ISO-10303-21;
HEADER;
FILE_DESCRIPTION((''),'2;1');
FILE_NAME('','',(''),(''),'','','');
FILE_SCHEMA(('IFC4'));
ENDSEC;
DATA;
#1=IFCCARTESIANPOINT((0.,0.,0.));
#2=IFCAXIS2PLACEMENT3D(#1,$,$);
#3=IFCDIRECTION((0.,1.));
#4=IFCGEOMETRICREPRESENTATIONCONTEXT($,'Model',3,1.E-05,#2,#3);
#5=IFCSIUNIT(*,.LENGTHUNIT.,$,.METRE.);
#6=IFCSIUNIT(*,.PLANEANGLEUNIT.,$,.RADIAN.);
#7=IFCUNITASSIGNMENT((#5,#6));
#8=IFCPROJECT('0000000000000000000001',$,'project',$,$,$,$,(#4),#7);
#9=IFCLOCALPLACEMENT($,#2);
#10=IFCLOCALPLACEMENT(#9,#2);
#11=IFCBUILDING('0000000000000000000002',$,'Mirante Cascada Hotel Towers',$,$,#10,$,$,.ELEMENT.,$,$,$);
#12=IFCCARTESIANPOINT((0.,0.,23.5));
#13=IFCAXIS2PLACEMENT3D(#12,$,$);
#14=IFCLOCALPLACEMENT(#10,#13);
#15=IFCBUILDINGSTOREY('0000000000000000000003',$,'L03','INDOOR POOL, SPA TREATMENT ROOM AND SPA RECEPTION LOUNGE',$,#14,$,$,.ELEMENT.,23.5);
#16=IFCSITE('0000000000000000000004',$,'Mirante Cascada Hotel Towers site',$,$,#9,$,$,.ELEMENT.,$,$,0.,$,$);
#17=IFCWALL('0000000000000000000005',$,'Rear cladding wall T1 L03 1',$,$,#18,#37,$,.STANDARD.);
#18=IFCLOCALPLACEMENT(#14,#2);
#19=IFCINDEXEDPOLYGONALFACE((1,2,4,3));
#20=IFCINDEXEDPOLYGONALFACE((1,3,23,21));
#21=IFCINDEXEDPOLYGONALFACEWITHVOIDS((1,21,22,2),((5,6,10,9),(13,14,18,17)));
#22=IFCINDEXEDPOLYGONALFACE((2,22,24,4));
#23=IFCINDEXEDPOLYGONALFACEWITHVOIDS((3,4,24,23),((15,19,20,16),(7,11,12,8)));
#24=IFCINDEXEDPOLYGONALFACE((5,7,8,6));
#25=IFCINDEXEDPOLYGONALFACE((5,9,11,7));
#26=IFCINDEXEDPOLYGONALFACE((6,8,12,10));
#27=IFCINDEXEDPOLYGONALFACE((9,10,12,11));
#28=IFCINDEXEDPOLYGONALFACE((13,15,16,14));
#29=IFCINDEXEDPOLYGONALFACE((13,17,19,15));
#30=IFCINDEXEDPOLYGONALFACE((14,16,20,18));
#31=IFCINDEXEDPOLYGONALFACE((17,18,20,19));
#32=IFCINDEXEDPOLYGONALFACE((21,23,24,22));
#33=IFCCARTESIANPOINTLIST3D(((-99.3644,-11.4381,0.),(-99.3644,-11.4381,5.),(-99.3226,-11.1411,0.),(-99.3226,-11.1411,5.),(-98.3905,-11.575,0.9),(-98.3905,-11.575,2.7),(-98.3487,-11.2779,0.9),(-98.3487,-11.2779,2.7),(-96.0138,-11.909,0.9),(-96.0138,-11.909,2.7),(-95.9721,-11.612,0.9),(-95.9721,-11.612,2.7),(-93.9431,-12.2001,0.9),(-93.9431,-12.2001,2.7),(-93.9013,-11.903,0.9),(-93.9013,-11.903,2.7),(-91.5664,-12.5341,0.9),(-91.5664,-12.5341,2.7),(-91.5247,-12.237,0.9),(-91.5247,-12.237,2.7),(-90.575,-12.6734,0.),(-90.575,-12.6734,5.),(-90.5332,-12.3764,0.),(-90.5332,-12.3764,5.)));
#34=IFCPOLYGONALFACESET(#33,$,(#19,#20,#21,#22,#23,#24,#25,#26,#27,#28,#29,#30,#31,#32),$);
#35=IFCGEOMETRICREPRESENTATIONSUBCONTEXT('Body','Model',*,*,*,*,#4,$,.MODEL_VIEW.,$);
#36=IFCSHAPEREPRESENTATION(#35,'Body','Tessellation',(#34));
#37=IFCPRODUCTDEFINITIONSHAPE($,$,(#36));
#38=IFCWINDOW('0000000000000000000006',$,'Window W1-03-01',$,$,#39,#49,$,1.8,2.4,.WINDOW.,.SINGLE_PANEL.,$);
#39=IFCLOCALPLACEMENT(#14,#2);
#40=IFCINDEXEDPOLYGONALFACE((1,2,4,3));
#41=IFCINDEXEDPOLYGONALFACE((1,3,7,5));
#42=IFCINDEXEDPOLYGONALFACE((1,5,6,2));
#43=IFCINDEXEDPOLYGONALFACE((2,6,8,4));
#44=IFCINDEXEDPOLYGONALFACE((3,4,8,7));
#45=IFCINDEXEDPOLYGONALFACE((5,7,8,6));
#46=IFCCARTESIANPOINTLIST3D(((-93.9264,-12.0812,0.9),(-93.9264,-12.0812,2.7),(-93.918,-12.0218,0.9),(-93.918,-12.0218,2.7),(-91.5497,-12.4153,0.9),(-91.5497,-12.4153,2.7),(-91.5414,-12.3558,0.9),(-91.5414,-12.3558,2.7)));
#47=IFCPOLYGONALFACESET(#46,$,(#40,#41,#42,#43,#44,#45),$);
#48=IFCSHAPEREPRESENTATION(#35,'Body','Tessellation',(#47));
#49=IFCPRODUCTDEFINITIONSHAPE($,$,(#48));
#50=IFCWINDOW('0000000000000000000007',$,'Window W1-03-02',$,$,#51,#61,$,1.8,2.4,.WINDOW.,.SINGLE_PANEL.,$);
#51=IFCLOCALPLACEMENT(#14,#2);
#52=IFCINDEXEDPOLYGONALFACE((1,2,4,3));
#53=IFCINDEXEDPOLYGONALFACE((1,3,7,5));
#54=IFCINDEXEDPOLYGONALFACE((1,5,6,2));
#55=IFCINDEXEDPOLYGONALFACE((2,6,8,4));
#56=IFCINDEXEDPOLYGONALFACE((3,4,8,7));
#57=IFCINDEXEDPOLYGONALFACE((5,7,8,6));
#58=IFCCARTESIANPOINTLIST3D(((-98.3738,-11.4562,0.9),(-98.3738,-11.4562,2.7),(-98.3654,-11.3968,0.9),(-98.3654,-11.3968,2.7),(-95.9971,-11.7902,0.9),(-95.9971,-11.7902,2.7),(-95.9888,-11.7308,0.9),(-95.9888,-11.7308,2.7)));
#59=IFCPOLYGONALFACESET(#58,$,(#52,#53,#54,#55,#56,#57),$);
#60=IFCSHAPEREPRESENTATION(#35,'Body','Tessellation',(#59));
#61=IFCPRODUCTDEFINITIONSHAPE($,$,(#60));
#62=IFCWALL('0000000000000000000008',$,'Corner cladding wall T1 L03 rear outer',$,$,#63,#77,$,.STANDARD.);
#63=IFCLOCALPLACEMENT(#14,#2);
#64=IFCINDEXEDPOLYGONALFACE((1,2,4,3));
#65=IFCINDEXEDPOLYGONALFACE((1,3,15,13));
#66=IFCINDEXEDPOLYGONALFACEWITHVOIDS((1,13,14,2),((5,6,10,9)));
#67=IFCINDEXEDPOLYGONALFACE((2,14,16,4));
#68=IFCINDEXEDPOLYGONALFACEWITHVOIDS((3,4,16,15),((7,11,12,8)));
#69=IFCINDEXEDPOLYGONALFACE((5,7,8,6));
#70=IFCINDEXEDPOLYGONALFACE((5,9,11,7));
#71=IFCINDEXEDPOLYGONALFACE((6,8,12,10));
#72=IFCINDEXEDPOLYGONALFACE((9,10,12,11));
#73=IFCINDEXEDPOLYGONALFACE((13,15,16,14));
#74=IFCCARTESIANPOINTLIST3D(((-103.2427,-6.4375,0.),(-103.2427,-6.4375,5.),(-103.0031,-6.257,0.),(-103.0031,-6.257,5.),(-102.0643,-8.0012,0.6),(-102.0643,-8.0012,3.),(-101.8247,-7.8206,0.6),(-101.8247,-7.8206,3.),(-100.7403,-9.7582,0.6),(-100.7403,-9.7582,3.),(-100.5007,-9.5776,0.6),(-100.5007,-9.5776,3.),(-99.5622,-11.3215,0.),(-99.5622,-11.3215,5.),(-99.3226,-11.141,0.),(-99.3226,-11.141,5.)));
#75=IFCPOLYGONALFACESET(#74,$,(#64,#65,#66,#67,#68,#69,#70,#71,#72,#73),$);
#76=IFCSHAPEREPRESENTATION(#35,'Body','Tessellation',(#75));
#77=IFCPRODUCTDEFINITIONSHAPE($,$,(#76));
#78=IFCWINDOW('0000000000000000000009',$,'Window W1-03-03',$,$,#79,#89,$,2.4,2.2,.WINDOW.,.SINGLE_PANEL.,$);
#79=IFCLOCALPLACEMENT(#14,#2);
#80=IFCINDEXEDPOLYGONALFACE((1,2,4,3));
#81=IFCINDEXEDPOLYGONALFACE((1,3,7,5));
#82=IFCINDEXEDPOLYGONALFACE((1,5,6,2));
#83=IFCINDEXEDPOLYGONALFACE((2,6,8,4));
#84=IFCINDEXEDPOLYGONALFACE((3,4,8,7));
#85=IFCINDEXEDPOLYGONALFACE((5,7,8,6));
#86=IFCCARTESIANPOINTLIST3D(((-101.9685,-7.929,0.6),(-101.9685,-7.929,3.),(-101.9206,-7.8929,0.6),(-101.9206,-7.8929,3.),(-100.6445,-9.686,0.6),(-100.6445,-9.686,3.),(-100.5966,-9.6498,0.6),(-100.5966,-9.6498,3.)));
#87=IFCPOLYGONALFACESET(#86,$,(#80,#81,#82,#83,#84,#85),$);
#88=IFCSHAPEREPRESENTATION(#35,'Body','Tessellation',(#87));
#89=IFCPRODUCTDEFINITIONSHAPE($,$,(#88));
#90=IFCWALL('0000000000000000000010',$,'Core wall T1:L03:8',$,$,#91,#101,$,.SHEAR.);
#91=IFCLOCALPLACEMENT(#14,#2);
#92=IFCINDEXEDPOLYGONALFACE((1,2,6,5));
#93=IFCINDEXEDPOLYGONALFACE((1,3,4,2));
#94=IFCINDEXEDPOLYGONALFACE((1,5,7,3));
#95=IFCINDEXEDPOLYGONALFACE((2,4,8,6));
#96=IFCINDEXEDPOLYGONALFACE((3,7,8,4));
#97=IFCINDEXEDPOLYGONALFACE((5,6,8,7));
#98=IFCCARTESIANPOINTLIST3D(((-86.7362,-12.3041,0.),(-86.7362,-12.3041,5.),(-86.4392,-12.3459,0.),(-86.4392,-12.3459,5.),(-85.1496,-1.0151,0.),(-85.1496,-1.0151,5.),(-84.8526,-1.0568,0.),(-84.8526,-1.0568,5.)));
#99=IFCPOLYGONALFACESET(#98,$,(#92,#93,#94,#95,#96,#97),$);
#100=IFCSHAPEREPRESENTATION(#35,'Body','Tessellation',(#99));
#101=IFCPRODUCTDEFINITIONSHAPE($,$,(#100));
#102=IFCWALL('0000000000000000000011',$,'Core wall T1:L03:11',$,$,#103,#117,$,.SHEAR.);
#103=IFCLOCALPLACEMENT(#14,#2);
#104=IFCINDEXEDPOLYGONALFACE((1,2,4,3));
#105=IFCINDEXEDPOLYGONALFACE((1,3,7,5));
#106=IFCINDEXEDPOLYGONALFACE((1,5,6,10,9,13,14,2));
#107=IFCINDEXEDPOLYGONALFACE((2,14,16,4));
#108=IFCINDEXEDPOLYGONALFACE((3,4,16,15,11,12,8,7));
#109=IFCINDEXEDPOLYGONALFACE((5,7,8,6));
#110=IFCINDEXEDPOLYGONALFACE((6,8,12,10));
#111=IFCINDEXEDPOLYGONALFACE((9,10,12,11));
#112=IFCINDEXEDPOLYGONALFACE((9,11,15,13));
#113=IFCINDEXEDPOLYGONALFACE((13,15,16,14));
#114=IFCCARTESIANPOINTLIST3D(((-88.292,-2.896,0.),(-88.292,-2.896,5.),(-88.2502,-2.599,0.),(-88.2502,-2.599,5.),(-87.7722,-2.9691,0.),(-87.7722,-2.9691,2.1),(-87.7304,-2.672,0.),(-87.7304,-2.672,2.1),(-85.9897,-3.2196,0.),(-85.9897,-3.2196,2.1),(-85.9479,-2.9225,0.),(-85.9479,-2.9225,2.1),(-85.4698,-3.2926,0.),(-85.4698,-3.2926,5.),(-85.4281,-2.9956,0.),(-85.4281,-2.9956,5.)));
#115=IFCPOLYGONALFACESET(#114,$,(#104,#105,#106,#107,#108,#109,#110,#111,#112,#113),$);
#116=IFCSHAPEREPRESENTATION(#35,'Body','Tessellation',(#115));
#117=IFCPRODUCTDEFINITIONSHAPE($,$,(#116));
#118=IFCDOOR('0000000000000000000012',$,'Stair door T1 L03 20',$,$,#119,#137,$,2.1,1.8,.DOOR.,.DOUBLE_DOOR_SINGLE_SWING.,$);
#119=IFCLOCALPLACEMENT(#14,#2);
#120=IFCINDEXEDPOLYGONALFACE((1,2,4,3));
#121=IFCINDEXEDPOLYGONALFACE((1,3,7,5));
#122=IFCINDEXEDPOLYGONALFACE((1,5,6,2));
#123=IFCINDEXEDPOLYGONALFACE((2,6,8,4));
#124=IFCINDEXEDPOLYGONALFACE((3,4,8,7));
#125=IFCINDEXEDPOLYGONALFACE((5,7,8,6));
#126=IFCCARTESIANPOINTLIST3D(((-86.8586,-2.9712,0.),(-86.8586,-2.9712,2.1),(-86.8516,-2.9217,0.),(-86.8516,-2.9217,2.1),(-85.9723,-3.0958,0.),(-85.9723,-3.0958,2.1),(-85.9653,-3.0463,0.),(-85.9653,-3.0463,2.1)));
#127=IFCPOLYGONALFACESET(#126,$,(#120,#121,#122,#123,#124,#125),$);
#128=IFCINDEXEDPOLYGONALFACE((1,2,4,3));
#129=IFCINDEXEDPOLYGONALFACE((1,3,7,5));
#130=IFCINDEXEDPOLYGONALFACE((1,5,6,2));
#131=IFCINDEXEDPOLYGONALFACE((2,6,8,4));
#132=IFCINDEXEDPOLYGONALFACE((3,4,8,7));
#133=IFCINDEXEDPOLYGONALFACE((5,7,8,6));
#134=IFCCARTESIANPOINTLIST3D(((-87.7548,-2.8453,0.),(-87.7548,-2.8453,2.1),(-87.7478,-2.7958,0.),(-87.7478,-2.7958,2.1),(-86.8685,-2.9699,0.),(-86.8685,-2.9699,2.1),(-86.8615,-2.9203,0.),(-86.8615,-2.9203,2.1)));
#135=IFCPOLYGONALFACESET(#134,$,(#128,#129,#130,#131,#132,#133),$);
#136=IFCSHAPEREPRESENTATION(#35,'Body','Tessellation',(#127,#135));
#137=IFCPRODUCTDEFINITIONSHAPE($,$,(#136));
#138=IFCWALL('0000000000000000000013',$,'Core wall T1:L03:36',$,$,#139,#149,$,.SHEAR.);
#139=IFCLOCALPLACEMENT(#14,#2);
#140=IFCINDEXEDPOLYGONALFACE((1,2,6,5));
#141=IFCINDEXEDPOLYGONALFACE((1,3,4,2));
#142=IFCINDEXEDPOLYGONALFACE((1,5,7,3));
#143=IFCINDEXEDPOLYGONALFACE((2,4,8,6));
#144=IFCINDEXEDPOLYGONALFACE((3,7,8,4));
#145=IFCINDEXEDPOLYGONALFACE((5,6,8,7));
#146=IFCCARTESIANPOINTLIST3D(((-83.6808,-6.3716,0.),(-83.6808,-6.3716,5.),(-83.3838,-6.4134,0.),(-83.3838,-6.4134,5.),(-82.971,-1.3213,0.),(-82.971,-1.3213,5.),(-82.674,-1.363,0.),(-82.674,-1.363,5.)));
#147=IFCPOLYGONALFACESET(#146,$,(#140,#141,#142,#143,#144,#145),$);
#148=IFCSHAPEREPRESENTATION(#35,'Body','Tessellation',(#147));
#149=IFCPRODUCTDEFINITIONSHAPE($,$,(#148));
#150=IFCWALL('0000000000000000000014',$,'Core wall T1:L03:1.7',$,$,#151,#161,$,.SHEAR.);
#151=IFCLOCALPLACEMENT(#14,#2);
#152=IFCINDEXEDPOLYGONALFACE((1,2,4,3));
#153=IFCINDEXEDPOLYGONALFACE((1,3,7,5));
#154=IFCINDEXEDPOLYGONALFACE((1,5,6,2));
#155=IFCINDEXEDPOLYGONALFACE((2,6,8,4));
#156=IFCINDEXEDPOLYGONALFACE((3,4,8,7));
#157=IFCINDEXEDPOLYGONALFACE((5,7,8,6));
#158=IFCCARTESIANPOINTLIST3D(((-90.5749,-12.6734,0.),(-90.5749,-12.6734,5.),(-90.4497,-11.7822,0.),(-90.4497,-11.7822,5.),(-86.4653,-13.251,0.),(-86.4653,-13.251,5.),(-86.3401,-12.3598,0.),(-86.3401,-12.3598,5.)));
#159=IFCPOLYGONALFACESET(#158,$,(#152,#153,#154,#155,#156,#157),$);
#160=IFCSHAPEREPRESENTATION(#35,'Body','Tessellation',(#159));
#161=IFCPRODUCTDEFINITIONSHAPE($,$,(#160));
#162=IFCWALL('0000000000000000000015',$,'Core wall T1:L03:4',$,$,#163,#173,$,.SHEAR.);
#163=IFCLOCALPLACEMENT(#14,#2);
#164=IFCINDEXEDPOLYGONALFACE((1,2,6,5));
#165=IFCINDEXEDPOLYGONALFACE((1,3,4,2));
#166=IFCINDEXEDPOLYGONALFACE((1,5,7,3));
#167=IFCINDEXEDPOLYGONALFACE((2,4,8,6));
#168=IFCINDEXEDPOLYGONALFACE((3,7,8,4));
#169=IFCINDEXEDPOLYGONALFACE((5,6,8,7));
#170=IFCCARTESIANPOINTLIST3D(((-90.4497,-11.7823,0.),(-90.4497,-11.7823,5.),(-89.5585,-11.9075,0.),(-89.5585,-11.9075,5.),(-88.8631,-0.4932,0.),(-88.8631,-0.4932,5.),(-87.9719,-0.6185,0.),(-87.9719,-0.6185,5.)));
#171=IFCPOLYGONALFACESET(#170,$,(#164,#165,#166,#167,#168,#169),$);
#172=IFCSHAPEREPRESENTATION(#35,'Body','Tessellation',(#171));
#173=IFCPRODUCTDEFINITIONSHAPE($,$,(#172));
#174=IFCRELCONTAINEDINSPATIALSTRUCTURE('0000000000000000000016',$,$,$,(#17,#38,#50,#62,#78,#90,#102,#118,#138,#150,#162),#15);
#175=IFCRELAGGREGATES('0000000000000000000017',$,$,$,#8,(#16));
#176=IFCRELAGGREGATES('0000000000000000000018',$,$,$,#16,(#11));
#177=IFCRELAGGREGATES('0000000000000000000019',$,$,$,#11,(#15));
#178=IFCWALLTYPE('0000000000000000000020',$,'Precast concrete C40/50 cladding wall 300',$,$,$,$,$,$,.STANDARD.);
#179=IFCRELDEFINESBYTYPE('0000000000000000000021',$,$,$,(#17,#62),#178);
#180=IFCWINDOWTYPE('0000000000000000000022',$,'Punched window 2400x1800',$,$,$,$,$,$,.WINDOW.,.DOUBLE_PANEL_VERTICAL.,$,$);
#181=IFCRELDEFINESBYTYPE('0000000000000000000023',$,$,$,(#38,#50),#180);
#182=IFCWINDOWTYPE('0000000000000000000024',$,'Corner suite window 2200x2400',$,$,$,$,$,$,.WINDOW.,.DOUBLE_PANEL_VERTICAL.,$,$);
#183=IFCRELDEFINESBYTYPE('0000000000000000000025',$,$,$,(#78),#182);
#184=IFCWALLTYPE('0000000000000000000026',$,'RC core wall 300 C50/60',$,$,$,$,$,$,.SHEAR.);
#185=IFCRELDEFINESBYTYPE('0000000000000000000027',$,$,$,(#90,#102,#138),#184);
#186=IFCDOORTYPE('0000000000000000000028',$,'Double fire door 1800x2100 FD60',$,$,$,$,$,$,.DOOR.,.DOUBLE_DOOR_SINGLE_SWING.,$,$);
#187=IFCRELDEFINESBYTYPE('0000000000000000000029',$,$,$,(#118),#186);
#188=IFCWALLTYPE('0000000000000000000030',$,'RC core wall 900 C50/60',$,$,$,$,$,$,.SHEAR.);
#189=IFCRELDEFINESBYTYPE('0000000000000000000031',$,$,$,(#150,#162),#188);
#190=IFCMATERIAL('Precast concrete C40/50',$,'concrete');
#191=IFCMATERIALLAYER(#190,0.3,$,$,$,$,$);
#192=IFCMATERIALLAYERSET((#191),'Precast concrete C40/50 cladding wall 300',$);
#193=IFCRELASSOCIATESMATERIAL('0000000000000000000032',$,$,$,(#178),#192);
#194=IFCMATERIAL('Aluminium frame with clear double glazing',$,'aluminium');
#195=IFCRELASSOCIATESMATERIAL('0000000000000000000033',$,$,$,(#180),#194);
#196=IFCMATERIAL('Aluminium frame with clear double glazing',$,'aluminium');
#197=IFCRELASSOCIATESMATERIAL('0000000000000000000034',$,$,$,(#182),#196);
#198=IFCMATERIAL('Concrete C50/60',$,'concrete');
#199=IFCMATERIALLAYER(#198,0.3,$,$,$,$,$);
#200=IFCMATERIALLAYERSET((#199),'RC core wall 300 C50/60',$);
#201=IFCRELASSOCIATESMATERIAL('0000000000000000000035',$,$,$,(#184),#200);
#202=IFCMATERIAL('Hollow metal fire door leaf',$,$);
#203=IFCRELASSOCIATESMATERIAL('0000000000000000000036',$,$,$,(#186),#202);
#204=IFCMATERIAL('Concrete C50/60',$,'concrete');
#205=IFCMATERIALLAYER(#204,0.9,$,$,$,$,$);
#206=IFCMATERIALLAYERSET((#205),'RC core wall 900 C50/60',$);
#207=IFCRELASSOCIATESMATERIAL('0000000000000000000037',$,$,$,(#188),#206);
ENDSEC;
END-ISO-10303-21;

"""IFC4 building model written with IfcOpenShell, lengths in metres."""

from ifc_helpers import new_model, si_unit, direction, frame, frame_2d, origin, place, context, subcontext, project, spatial, rectangle, extrude, material, layer, layer_set, type_object, element, fill, save


model = new_model("IFC4")

# Units and contexts
model_context = context("Model", 3, precision=1e-05, world=origin(), true_north=direction((0.0, 1.0)))
body_context = subcontext(model_context, "Body", "Model", "MODEL_VIEW")
ifc_project = project(units=[si_unit("LENGTHUNIT", "METRE"), si_unit("PLANEANGLEUNIT", "RADIAN")], contexts=[model_context])

# Site, building, storey
site_placement = place(None, origin())
site = spatial("IfcSite", under=ifc_project, at=site_placement, Name="Mirante Cascada Hotel Towers site", CompositionType="ELEMENT", RefElevation=0.0)
building_placement = place(site_placement, origin())
building = spatial("IfcBuilding", under=site, at=building_placement, Name="Mirante Cascada Hotel Towers", CompositionType="ELEMENT")
storey_placement = place(building_placement, frame((0.0, 0.0, 23.5)))
storey = spatial("IfcBuildingStorey", under=building, at=storey_placement, Name="L03", Description="INDOOR POOL, SPA TREATMENT ROOM AND SPA RECEPTION LOUNGE", CompositionType="ELEMENT", Elevation=23.5)

# Wall, openings, windows
ifc_material_1 = material(Name="Precast concrete C40/50", Category="concrete")
ifc_layer_1 = layer(ifc_material_1, 0.3)
ifc_layer_set_1 = layer_set([ifc_layer_1], Name="Precast concrete C40/50 cladding wall 300")
wall_type_1 = type_object("IfcWallType", Name="Precast concrete C40/50 cladding wall 300", PredefinedType="STANDARD", material=ifc_layer_set_1)
wall_1_placement = place(storey_placement, frame((-90.5541, -12.5249, 0.0), z_axis=(0.0, 0.0, 1.0), x_axis=(-0.990268, 0.139177, 0.0)))
wall_1 = element("IfcWall", 1, at=wall_1_placement, inside=storey, type_object=wall_type_1, Name="Rear cladding wall T1 L03 1", PredefinedType="STANDARD", context=body_context, shape_type="SweptSolid", body=[
    extrude(rectangle(XDim=8.8758, YDim=0.3, at=frame_2d((4.4379, 0.0))), origin(), (0.0, 0.0, 1.0), 5.0),
])
opening_1_placement = place(wall_1_placement, frame((1.0012, 0.0, 0.9)))
opening_1 = element("IfcOpeningElement", 2, at=opening_1_placement, cuts=wall_1, PredefinedType="OPENING", context=body_context, shape_type="SweptSolid", body=[
    extrude(rectangle(XDim=2.4, YDim=1.8, at=frame_2d((1.2, 0.9))), frame((0.0, 0.15, 0.0), z_axis=(0.0, -1.0, 0.0), x_axis=(1.0, 0.0, 0.0)), (0.0, 0.0, 1.0), 0.3),
])
opening_2_placement = place(wall_1_placement, frame((5.4923, 0.0, 0.9)))
opening_2 = element("IfcOpeningElement", 3, at=opening_2_placement, cuts=wall_1, PredefinedType="OPENING", context=body_context, shape_type="SweptSolid", body=[
    extrude(rectangle(XDim=2.4, YDim=1.8, at=frame_2d((1.2, 0.9))), frame((0.0, 0.15, 0.0), z_axis=(0.0, -1.0, 0.0), x_axis=(1.0, 0.0, 0.0)), (0.0, 0.0, 1.0), 0.3),
])
ifc_material_2 = material(Name="Aluminium frame with clear double glazing", Category="aluminium")
window_type_1 = type_object("IfcWindowType", Name="Punched window 2400x1800", PartitioningType="DOUBLE_PANEL_VERTICAL", PredefinedType="WINDOW", material=ifc_material_2)
window_1_placement = place(opening_1_placement, origin())
window_1 = element("IfcWindow", 4, at=window_1_placement, inside=storey, type_object=window_type_1, Name="Window W1-03-01", OverallHeight=1.8, OverallWidth=2.4, PartitioningType="SINGLE_PANEL", PredefinedType="WINDOW", context=body_context, shape_type="SweptSolid", body=[
    extrude(rectangle(XDim=2.4, YDim=1.8, at=frame_2d((1.2, 0.9))), frame((0.0, 0.03, 0.0), z_axis=(0.0, -1.0, 0.0), x_axis=(1.0, 0.0, 0.0)), (0.0, 0.0, 1.0), 0.06),
])
fill(opening_1, window_1)
window_2_placement = place(opening_2_placement, origin())
window_2 = element("IfcWindow", 5, at=window_2_placement, inside=storey, type_object=window_type_1, Name="Window W1-03-02", OverallHeight=1.8, OverallWidth=2.4, PartitioningType="SINGLE_PANEL", PredefinedType="WINDOW", context=body_context, shape_type="SweptSolid", body=[
    extrude(rectangle(XDim=2.4, YDim=1.8, at=frame_2d((1.2, 0.9))), frame((0.0, 0.03, 0.0), z_axis=(0.0, -1.0, 0.0), x_axis=(1.0, 0.0, 0.0)), (0.0, 0.0, 1.0), 0.06),
])
fill(opening_2, window_2)

# Wall, opening, window
wall_2_placement = place(storey_placement, frame((-99.4424, -11.2313, 0.0), z_axis=(0.0, 0.0, 1.0), x_axis=(-0.601819, 0.798632, 0.0)))
wall_2 = element("IfcWall", 6, at=wall_2_placement, inside=storey, type_object=wall_type_1, Name="Corner cladding wall T1 L03 rear outer", PredefinedType="STANDARD", context=body_context, shape_type="SweptSolid", body=[
    extrude(rectangle(XDim=6.1155, YDim=0.3, at=frame_2d((3.0578, 0.0))), origin(), (0.0, 0.0, 1.0), 5.0),
])
opening_3_placement = place(wall_2_placement, frame((1.9576, 0.0, 0.6)))
opening_3 = element("IfcOpeningElement", 7, at=opening_3_placement, cuts=wall_2, PredefinedType="OPENING", context=body_context, shape_type="SweptSolid", body=[
    extrude(rectangle(XDim=2.2, YDim=2.4, at=frame_2d((1.1, 1.2))), frame((0.0, 0.15, 0.0), z_axis=(0.0, -1.0, 0.0), x_axis=(1.0, 0.0, 0.0)), (0.0, 0.0, 1.0), 0.3),
])
ifc_material_3 = material(Name="Aluminium frame with clear double glazing", Category="aluminium")
window_type_2 = type_object("IfcWindowType", Name="Corner suite window 2200x2400", PartitioningType="DOUBLE_PANEL_VERTICAL", PredefinedType="WINDOW", material=ifc_material_3)
window_3_placement = place(opening_3_placement, origin())
window_3 = element("IfcWindow", 8, at=window_3_placement, inside=storey, type_object=window_type_2, Name="Window W1-03-03", OverallHeight=2.4, OverallWidth=2.2, PartitioningType="SINGLE_PANEL", PredefinedType="WINDOW", context=body_context, shape_type="SweptSolid", body=[
    extrude(rectangle(XDim=2.2, YDim=2.4, at=frame_2d((1.1, 1.2))), frame((0.0, 0.03, 0.0), z_axis=(0.0, -1.0, 0.0), x_axis=(1.0, 0.0, 0.0)), (0.0, 0.0, 1.0), 0.06),
])
fill(opening_3, window_3)

# Wall
ifc_material_4 = material(Name="Concrete C50/60", Category="concrete")
ifc_layer_2 = layer(ifc_material_4, 0.3)
ifc_layer_set_2 = layer_set([ifc_layer_2], Name="RC core wall 300 C50/60")
wall_type_2 = type_object("IfcWallType", Name="RC core wall 300 C50/60", PredefinedType="SHEAR", material=ifc_layer_set_2)
wall_3_placement = place(storey_placement, frame((-86.5877, -12.325, 0.0), z_axis=(0.0, 0.0, 1.0), x_axis=(0.139175, 0.990268, 0.0)))
element("IfcWall", 9, at=wall_3_placement, inside=storey, type_object=wall_type_2, Name="Core wall T1:L03:8", PredefinedType="SHEAR", context=body_context, shape_type="SweptSolid", body=[
    extrude(rectangle(XDim=11.4, YDim=0.3, at=frame_2d((5.7, 0.0))), origin(), (0.0, 0.0, 1.0), 5.0),
])

# Wall, opening, door
wall_4_placement = place(storey_placement, frame((-85.4489, -3.1441, 0.0), z_axis=(0.0, 0.0, 1.0), x_axis=(-0.99027, 0.139161, 0.0)))
wall_4 = element("IfcWall", 10, at=wall_4_placement, inside=storey, type_object=wall_type_2, Name="Core wall T1:L03:11", PredefinedType="SHEAR", context=body_context, shape_type="SweptSolid", body=[
    extrude(rectangle(XDim=2.8499, YDim=0.3, at=frame_2d((1.425, 0.0))), origin(), (0.0, 0.0, 1.0), 5.0),
])
opening_4_placement = place(wall_4_placement, frame((0.525, 0.0, 0.0)))
opening_4 = element("IfcOpeningElement", 11, at=opening_4_placement, cuts=wall_4, PredefinedType="OPENING", context=body_context, shape_type="SweptSolid", body=[
    extrude(rectangle(XDim=1.8, YDim=2.1, at=frame_2d((0.9, 1.05))), frame((0.0, 0.15, 0.0), z_axis=(0.0, -1.0, 0.0), x_axis=(1.0, 0.0, 0.0)), (0.0, 0.0, 1.0), 0.3),
])
ifc_material_5 = material(Name="Hollow metal fire door leaf")
door_type = type_object("IfcDoorType", Name="Double fire door 1800x2100 FD60", OperationType="DOUBLE_DOOR_SINGLE_SWING", PredefinedType="DOOR", material=ifc_material_5)
door_placement = place(opening_4_placement, origin())
door = element("IfcDoor", 12, at=door_placement, inside=storey, type_object=door_type, Name="Stair door T1 L03 20", OperationType="DOUBLE_DOOR_SINGLE_SWING", OverallHeight=2.1, OverallWidth=1.8, PredefinedType="DOOR", context=body_context, shape_type="SweptSolid", body=[
    extrude(rectangle(XDim=0.895, YDim=2.1, at=frame_2d((0.4475, 1.05))), frame((0.0, 0.025, 0.0), z_axis=(0.0, -1.0, 0.0), x_axis=(1.0, 0.0, 0.0)), (0.0, 0.0, 1.0), 0.05),
    extrude(rectangle(XDim=0.895, YDim=2.1, at=frame_2d((1.3525, 1.05))), frame((0.0, 0.025, 0.0), z_axis=(0.0, -1.0, 0.0), x_axis=(1.0, 0.0, 0.0)), (0.0, 0.0, 1.0), 0.05),
])
fill(opening_4, door)

# Walls
wall_5_placement = place(storey_placement, frame((-83.5323, -6.3925, 0.0), z_axis=(0.0, 0.0, 1.0), x_axis=(0.139176, 0.990268, 0.0)))
element("IfcWall", 13, at=wall_5_placement, inside=storey, type_object=wall_type_2, Name="Core wall T1:L03:36", PredefinedType="SHEAR", context=body_context, shape_type="SweptSolid", body=[
    extrude(rectangle(XDim=5.1, YDim=0.3, at=frame_2d((2.55, 0.0))), origin(), (0.0, 0.0, 1.0), 5.0),
])
ifc_material_6 = material(Name="Concrete C50/60", Category="concrete")
ifc_layer_3 = layer(ifc_material_6, 0.9)
ifc_layer_set_3 = layer_set([ifc_layer_3], Name="RC core wall 900 C50/60")
wall_type_3 = type_object("IfcWallType", Name="RC core wall 900 C50/60", PredefinedType="SHEAR", material=ifc_layer_set_3)
wall_6_placement = place(storey_placement, frame((-86.4027, -12.8054, 0.0), z_axis=(0.0, 0.0, 1.0), x_axis=(-0.990267, 0.139181, 0.0)))
element("IfcWall", 14, at=wall_6_placement, inside=storey, type_object=wall_type_3, Name="Core wall T1:L03:1.7", PredefinedType="SHEAR", context=body_context, shape_type="SweptSolid", body=[
    extrude(rectangle(XDim=4.15, YDim=0.9, at=frame_2d((2.075, 0.0))), origin(), (0.0, 0.0, 1.0), 5.0),
])
wall_7_placement = place(storey_placement, frame((-90.0041, -11.8449, 0.0), z_axis=(0.0, 0.0, 1.0), x_axis=(0.139175, 0.990268, 0.0)))
element("IfcWall", 15, at=wall_7_placement, inside=storey, type_object=wall_type_3, Name="Core wall T1:L03:4", PredefinedType="SHEAR", context=body_context, shape_type="SweptSolid", body=[
    extrude(rectangle(XDim=11.4, YDim=0.9, at=frame_2d((5.7, 0.0))), origin(), (0.0, 0.0, 1.0), 5.0),
])

save(model, "model.ifc")
